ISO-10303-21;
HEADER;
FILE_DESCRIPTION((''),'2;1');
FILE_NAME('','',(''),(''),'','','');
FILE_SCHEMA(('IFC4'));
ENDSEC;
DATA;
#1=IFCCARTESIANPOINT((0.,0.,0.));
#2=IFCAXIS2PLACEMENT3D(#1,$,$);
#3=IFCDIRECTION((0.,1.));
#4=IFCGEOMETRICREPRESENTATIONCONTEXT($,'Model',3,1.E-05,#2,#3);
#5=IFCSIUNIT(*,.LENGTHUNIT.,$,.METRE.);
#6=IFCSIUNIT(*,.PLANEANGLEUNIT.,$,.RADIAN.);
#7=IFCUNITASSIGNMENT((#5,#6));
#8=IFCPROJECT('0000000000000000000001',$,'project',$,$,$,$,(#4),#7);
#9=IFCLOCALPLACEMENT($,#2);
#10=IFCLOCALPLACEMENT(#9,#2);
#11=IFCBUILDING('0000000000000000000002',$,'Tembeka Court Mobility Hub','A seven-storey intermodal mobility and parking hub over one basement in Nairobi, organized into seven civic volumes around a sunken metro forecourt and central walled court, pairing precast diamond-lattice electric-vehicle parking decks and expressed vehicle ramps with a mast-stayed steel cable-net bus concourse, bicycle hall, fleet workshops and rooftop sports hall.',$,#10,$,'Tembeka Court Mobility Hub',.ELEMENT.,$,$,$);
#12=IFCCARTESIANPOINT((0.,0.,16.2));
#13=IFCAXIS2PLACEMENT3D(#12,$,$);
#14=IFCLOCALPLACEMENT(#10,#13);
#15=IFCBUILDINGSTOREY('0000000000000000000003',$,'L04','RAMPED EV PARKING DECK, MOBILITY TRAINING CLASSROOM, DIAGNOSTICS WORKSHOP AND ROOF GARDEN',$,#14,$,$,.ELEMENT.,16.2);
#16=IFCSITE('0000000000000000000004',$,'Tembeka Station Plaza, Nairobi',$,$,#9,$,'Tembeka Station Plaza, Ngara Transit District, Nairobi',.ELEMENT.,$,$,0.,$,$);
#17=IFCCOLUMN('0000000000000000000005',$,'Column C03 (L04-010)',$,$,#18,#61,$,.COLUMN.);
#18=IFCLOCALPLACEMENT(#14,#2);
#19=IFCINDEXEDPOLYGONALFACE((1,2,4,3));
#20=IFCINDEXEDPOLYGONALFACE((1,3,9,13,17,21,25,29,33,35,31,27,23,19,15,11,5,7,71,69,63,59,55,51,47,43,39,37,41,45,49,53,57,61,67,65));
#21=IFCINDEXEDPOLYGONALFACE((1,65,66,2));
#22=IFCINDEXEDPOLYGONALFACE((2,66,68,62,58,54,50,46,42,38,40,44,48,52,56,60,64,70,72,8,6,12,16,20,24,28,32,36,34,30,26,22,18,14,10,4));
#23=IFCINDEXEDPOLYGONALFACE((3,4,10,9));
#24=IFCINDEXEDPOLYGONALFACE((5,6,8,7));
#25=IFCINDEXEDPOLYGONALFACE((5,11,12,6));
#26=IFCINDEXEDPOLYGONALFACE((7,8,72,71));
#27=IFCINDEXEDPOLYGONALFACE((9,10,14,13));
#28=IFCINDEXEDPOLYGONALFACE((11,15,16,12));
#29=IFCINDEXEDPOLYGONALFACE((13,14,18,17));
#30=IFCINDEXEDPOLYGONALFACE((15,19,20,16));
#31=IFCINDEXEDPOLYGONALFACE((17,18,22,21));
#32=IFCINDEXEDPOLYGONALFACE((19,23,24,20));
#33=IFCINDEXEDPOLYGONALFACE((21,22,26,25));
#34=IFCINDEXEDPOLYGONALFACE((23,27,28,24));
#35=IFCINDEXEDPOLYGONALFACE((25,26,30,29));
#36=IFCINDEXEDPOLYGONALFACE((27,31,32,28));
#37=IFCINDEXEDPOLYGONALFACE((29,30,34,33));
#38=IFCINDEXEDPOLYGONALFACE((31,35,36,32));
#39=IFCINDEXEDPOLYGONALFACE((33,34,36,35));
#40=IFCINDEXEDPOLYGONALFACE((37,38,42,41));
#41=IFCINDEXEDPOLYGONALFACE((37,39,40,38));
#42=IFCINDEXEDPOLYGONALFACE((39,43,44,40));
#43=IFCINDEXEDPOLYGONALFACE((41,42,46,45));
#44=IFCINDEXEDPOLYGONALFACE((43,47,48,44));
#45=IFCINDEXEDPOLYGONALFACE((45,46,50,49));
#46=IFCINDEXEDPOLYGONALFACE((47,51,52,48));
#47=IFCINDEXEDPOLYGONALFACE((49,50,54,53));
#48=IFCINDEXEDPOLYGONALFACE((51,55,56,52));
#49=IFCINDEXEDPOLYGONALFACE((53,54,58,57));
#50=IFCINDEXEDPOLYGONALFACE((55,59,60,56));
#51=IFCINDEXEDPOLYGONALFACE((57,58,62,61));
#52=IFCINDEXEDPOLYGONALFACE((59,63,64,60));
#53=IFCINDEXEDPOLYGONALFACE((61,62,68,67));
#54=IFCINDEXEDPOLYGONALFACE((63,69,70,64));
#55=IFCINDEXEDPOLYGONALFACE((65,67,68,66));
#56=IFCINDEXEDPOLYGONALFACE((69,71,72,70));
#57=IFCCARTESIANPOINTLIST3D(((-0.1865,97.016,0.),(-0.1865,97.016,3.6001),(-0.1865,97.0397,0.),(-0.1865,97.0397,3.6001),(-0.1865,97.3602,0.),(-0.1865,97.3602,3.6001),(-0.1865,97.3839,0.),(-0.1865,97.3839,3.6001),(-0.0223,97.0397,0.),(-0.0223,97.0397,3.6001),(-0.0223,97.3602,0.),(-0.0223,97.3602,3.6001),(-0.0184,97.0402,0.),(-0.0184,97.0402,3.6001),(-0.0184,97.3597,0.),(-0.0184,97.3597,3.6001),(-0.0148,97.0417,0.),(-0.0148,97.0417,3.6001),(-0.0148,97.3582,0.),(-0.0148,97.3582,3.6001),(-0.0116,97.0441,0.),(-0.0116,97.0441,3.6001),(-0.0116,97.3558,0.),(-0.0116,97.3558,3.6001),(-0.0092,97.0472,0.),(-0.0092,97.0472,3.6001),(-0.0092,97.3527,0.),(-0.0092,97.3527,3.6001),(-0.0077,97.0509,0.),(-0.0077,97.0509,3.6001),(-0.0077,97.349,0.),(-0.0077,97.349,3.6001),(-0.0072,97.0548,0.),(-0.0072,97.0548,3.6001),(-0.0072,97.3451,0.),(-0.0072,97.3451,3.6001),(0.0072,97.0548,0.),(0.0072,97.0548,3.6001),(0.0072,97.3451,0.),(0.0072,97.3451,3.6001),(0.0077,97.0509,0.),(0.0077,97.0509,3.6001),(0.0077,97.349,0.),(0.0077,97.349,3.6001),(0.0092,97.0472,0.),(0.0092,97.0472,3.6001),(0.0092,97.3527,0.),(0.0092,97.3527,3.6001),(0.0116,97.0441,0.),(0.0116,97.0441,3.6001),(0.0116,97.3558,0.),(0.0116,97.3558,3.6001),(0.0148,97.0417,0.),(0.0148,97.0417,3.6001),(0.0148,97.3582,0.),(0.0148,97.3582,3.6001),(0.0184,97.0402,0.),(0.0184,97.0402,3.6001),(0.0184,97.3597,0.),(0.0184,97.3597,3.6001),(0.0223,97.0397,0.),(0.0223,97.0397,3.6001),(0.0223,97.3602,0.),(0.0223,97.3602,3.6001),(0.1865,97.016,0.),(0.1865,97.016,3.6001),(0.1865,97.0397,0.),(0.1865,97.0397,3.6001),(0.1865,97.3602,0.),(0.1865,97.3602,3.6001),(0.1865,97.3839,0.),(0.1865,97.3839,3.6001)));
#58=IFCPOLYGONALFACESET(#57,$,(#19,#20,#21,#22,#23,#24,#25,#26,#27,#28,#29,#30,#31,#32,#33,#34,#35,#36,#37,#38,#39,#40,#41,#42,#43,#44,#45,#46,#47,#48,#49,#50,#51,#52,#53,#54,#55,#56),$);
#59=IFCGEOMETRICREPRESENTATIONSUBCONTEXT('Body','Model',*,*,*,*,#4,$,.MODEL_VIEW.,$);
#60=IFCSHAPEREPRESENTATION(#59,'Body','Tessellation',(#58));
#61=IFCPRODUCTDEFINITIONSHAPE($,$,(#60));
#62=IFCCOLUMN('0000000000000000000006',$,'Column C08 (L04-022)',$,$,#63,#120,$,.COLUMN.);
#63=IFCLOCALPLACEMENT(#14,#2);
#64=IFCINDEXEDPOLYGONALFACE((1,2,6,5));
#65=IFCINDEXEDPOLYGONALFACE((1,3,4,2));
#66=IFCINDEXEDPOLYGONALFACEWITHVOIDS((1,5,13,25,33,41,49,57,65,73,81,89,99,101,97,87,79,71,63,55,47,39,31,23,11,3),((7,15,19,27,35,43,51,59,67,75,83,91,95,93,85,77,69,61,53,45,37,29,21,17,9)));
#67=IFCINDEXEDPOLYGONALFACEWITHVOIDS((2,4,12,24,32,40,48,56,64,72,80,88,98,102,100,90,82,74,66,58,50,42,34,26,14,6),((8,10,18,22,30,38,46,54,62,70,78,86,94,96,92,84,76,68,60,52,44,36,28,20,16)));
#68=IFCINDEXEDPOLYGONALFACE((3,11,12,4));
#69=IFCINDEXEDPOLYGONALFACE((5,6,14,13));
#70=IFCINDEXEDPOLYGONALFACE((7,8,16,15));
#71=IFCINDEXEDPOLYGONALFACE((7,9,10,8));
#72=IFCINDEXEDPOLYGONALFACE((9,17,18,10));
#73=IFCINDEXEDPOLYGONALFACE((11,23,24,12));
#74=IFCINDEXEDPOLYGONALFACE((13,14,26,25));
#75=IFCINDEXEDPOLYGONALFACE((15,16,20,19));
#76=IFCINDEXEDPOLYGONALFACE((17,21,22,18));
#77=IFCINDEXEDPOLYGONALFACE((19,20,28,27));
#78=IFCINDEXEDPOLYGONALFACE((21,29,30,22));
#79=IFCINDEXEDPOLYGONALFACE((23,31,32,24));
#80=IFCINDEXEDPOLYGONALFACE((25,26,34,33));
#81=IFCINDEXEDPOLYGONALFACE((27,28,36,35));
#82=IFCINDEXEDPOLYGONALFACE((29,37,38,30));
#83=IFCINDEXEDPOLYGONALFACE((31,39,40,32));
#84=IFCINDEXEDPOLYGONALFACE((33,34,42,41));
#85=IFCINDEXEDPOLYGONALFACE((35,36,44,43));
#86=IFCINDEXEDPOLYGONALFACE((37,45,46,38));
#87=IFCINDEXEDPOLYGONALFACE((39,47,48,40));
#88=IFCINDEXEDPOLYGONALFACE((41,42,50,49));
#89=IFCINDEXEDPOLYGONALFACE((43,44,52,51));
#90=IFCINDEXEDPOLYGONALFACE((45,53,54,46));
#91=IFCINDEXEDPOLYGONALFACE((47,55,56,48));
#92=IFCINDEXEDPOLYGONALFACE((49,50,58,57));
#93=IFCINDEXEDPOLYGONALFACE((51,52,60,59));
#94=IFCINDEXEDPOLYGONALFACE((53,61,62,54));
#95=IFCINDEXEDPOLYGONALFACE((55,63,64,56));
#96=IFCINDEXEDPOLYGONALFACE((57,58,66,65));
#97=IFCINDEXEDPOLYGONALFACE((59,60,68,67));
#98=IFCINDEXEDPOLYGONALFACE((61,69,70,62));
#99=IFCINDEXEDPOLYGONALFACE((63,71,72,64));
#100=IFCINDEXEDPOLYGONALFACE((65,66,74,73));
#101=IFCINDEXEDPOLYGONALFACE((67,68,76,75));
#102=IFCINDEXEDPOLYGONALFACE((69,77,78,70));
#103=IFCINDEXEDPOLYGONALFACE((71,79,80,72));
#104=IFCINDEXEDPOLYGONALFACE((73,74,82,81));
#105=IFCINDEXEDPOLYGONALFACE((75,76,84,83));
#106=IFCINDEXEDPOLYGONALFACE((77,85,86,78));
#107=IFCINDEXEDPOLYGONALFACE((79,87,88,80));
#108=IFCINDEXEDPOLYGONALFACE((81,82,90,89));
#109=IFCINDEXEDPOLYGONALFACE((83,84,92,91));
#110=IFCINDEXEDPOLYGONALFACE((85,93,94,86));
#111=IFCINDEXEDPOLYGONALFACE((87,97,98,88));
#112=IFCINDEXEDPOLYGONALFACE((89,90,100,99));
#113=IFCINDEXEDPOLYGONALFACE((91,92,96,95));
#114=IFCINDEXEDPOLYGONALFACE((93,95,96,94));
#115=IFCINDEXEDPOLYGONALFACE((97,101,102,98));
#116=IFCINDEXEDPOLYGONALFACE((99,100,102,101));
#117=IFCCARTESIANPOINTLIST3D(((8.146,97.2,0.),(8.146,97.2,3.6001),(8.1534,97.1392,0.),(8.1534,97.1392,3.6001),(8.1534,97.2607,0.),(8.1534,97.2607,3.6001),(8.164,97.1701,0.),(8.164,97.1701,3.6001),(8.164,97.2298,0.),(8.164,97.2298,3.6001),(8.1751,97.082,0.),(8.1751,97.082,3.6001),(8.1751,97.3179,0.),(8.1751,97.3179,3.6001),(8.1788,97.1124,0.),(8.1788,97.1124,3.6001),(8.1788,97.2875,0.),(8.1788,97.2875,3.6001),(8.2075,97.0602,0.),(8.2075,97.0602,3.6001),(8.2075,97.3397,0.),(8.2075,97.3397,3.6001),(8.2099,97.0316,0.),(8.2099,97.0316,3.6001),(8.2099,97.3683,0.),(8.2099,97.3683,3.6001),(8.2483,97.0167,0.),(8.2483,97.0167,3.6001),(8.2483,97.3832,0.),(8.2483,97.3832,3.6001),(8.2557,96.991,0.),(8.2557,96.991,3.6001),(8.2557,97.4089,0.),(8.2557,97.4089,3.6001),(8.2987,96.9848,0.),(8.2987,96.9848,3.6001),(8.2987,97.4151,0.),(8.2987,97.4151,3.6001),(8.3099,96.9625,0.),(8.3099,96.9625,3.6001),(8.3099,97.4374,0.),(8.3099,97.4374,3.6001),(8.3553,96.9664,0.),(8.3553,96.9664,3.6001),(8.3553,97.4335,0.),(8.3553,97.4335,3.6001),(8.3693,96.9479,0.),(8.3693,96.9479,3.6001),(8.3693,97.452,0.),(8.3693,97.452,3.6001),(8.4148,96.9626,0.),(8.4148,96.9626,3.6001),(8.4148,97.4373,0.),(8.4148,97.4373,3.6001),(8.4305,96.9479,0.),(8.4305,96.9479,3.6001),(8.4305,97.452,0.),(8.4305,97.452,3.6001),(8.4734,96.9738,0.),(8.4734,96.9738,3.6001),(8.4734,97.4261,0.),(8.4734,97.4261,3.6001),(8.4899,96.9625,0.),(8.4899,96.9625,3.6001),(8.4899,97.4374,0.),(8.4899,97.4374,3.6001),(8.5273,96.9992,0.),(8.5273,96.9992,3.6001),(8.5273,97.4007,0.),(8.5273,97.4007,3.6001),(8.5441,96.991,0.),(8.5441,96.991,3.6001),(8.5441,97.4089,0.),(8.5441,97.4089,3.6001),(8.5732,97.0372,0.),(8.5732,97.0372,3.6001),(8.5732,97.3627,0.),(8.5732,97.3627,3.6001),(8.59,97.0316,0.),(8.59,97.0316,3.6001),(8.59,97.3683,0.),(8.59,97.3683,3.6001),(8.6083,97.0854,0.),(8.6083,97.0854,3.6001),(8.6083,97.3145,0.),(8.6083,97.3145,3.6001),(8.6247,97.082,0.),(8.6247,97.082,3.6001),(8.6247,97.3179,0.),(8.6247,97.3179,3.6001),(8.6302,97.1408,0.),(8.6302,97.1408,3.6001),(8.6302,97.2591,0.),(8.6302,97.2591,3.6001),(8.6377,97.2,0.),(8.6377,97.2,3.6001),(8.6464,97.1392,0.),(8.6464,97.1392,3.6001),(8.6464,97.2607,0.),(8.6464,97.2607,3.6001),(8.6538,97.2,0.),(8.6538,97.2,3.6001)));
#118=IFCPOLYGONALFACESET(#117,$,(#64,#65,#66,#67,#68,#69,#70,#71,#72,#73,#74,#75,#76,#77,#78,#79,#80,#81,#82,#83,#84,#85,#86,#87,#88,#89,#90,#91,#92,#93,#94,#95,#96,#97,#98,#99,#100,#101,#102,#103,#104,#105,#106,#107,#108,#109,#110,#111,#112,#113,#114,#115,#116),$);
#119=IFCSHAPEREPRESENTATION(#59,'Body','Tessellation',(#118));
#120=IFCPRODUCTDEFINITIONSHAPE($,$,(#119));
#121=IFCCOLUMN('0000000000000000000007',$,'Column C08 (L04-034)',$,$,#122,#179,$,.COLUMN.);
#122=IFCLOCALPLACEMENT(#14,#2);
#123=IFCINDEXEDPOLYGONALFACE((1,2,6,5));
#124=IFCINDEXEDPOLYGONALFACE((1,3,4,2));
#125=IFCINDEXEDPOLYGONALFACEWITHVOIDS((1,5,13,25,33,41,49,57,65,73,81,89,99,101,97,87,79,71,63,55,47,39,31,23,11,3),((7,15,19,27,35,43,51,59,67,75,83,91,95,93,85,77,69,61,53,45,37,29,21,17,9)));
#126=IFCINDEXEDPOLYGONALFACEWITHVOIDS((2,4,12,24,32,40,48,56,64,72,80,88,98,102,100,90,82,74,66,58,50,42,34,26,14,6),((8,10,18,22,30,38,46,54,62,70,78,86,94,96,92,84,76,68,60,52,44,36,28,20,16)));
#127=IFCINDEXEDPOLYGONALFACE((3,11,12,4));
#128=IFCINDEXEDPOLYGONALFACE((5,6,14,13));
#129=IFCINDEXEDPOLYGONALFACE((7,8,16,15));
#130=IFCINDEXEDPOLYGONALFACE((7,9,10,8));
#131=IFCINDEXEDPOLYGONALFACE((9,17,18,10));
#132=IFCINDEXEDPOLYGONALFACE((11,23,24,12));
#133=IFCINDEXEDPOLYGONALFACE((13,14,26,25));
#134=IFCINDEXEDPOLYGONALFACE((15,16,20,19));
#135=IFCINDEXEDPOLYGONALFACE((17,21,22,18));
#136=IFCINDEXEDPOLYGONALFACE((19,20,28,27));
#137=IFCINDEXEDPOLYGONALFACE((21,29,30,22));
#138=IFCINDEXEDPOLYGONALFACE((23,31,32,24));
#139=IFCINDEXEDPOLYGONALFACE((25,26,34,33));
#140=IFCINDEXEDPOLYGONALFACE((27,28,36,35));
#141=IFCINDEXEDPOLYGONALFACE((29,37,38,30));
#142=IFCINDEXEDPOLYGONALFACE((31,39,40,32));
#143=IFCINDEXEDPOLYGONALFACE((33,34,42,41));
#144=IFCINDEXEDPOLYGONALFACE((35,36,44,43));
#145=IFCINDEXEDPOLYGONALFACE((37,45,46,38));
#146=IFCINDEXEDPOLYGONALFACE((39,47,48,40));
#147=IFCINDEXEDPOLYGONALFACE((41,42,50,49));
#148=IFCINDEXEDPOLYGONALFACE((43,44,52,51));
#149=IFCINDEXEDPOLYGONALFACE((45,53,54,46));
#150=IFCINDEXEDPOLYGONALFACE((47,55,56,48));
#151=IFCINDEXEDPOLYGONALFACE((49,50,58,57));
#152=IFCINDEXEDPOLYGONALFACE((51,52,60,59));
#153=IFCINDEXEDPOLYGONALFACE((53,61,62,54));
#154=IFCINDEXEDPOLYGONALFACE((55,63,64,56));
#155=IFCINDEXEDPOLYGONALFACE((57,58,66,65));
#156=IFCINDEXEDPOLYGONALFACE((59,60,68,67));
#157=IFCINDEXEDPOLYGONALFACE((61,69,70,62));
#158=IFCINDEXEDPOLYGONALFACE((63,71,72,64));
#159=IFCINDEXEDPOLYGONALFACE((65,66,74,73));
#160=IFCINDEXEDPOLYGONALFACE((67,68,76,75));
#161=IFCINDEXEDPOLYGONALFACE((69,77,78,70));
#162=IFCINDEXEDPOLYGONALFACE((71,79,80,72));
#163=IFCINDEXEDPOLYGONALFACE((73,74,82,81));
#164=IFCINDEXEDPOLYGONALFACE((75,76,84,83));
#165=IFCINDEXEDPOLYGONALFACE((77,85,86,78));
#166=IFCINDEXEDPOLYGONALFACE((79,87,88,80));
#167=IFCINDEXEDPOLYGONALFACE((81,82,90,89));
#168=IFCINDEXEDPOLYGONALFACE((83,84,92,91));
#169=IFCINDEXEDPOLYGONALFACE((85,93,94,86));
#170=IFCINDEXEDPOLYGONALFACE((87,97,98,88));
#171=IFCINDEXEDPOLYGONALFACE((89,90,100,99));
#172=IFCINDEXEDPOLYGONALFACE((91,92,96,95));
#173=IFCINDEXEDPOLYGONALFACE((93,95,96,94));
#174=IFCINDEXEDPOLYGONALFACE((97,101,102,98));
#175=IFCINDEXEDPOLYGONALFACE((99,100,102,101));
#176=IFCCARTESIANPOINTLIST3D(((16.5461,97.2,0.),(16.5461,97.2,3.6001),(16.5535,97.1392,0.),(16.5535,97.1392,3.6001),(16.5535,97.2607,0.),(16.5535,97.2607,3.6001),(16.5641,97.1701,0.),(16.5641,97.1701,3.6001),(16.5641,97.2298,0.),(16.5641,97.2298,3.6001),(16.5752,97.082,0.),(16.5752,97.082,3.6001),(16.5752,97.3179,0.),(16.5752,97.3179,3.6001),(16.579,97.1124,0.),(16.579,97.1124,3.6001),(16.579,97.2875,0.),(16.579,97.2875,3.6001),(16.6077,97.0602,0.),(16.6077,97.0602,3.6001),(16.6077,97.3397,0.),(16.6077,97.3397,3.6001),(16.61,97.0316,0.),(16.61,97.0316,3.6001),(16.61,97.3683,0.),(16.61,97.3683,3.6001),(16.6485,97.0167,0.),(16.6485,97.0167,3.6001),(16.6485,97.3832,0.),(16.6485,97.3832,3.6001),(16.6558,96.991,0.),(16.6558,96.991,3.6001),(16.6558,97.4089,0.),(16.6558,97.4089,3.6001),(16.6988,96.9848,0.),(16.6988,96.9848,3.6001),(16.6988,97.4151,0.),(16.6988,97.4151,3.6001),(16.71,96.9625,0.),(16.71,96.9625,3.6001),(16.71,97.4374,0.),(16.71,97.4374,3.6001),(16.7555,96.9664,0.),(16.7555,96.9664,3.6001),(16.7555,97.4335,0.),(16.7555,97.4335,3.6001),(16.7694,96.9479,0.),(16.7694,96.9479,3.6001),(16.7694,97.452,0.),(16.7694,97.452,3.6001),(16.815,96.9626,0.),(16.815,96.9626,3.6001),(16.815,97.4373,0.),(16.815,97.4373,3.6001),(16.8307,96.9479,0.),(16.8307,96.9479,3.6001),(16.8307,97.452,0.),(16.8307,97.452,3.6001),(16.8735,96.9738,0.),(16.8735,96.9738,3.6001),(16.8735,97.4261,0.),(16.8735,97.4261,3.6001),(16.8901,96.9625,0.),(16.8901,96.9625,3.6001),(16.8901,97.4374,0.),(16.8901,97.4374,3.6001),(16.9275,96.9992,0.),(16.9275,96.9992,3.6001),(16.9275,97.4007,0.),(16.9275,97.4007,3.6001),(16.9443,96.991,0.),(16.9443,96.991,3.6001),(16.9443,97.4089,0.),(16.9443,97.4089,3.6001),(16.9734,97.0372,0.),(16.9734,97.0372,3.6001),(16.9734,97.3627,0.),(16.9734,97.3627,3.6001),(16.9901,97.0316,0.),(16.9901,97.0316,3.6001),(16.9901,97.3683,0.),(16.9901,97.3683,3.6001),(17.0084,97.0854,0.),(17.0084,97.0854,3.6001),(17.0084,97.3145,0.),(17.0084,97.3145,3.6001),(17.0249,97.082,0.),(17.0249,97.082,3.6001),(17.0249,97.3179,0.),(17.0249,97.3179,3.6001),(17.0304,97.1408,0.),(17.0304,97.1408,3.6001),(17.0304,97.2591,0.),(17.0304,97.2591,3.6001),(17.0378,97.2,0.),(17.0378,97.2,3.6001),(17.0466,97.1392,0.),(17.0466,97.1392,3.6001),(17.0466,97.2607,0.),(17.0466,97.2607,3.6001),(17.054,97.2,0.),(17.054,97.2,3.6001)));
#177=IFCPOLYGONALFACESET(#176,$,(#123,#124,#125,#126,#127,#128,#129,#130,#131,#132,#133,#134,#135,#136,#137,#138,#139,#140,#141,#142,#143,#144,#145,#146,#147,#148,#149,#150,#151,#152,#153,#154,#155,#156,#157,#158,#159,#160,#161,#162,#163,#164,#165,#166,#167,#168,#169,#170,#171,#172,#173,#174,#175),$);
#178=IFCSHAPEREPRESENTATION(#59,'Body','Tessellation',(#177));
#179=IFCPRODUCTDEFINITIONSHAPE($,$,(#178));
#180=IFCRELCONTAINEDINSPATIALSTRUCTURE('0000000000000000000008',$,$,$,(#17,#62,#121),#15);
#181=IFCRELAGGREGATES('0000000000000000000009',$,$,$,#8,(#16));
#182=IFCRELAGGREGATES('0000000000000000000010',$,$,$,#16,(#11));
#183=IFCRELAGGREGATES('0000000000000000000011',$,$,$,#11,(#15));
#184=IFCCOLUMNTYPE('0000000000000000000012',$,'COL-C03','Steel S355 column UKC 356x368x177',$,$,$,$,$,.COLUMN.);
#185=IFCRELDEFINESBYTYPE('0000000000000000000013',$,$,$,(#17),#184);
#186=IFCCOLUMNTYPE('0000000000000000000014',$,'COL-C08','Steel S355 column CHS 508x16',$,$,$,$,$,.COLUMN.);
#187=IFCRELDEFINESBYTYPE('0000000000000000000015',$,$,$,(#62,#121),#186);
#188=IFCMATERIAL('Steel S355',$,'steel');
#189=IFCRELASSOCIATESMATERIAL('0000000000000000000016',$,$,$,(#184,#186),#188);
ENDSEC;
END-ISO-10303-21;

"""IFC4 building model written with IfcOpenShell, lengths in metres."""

from ifc_helpers import new_model, si_unit, direction, frame, origin, origin_2d, place, context, subcontext, project, spatial, hollow_circle, i_section, extrude, material, material_profile, profile_set, type_object, element, save


model = new_model("IFC4")

# Units and contexts
model_context = context("Model", 3, precision=1e-05, world=origin(), true_north=direction((0.0, 1.0)))
body_context = subcontext(model_context, "Body", "Model", "MODEL_VIEW")
ifc_project = project(units=[si_unit("LENGTHUNIT", "METRE"), si_unit("PLANEANGLEUNIT", "RADIAN")], contexts=[model_context])

# Site, building, storey
site_placement = place(None, origin())
site = spatial("IfcSite", under=ifc_project, at=site_placement, Name="Tembeka Station Plaza, Nairobi", LongName="Tembeka Station Plaza, Ngara Transit District, Nairobi", CompositionType="ELEMENT", RefElevation=0.0)
building_placement = place(site_placement, origin())
building = spatial("IfcBuilding", under=site, at=building_placement, Name="Tembeka Court Mobility Hub", Description="A seven-storey intermodal mobility and parking hub over one basement in Nairobi, organized into seven civic volumes around a sunken metro forecourt and central walled court, pairing precast diamond-lattice electric-vehicle parking decks and expressed vehicle ramps with a mast-stayed steel cable-net bus concourse, bicycle hall, fleet workshops and rooftop sports hall.", LongName="Tembeka Court Mobility Hub", CompositionType="ELEMENT")
storey_placement = place(building_placement, frame((0.0, 0.0, 16.2)))
storey = spatial("IfcBuildingStorey", under=building, at=storey_placement, Name="L04", Description="RAMPED EV PARKING DECK, MOBILITY TRAINING CLASSROOM, DIAGNOSTICS WORKSHOP AND ROOF GARDEN", CompositionType="ELEMENT", Elevation=16.2)

# Columns
ifc_material_1 = material(Name="Steel S355", Category="steel")
ifc_material_profile_1 = material_profile(ifc_material_1, i_section(OverallWidth=0.373, OverallDepth=0.3679, WebThickness=0.0144, FlangeThickness=0.0237, FilletRadius=0.0151, at=origin_2d()), Name="UKC 356x368x177")
ifc_profile_set_1 = profile_set([ifc_material_profile_1], Name="Steel S355")
column_type_1 = type_object("IfcColumnType", Name="COL-C03", Description="Steel S355 column UKC 356x368x177", PredefinedType="COLUMN", material=ifc_profile_set_1)
column_placement = place(storey_placement, frame((0.0, 97.2, 0.0), z_axis=(0.0, 0.0, 1.0), x_axis=(1.0, 0.0, 0.0)))
element("IfcColumn", 1, at=column_placement, inside=storey, type_object=column_type_1, Name="Column C03 (L04-010)", PredefinedType="COLUMN", context=body_context, shape_type="SweptSolid", body=[
    extrude(i_section(OverallWidth=0.373, OverallDepth=0.3679, WebThickness=0.0144, FlangeThickness=0.0237, FilletRadius=0.0151, at=origin_2d()), origin(), (0.0, 0.0, 1.0), 3.6001),
])
ifc_material_profile_2 = material_profile(ifc_material_1, hollow_circle(Radius=0.2539, WallThickness=0.0161, at=origin_2d()), Name="CHS 508x16")
ifc_profile_set_2 = profile_set([ifc_material_profile_2], Name="Steel S355")
column_type_2 = type_object("IfcColumnType", Name="COL-C08", Description="Steel S355 column CHS 508x16", PredefinedType="COLUMN", material=ifc_profile_set_2)
for number, where, z_axis, x_axis, name in (
    (2, (8.3999, 97.2, 0.0), (0.0, 0.0, 1.0), (1.0, 0.0, 0.0), "Column C08 (L04-022)"),
    (3, (16.8, 97.2, 0.0), (0.0, 0.0, 1.0), (1.0, 0.0, 0.0), "Column C08 (L04-034)"),
):
    element("IfcColumn", number, at=place(storey_placement, frame(where, z_axis=z_axis, x_axis=x_axis)), inside=storey, type_object=column_type_2, Name=name, PredefinedType="COLUMN", context=body_context, shape_type="SweptSolid", body=[
        extrude(hollow_circle(Radius=0.2539, WallThickness=0.0161, at=origin_2d()), origin(), (0.0, 0.0, 1.0), 3.6001),
    ])

save(model, "model.ifc")
